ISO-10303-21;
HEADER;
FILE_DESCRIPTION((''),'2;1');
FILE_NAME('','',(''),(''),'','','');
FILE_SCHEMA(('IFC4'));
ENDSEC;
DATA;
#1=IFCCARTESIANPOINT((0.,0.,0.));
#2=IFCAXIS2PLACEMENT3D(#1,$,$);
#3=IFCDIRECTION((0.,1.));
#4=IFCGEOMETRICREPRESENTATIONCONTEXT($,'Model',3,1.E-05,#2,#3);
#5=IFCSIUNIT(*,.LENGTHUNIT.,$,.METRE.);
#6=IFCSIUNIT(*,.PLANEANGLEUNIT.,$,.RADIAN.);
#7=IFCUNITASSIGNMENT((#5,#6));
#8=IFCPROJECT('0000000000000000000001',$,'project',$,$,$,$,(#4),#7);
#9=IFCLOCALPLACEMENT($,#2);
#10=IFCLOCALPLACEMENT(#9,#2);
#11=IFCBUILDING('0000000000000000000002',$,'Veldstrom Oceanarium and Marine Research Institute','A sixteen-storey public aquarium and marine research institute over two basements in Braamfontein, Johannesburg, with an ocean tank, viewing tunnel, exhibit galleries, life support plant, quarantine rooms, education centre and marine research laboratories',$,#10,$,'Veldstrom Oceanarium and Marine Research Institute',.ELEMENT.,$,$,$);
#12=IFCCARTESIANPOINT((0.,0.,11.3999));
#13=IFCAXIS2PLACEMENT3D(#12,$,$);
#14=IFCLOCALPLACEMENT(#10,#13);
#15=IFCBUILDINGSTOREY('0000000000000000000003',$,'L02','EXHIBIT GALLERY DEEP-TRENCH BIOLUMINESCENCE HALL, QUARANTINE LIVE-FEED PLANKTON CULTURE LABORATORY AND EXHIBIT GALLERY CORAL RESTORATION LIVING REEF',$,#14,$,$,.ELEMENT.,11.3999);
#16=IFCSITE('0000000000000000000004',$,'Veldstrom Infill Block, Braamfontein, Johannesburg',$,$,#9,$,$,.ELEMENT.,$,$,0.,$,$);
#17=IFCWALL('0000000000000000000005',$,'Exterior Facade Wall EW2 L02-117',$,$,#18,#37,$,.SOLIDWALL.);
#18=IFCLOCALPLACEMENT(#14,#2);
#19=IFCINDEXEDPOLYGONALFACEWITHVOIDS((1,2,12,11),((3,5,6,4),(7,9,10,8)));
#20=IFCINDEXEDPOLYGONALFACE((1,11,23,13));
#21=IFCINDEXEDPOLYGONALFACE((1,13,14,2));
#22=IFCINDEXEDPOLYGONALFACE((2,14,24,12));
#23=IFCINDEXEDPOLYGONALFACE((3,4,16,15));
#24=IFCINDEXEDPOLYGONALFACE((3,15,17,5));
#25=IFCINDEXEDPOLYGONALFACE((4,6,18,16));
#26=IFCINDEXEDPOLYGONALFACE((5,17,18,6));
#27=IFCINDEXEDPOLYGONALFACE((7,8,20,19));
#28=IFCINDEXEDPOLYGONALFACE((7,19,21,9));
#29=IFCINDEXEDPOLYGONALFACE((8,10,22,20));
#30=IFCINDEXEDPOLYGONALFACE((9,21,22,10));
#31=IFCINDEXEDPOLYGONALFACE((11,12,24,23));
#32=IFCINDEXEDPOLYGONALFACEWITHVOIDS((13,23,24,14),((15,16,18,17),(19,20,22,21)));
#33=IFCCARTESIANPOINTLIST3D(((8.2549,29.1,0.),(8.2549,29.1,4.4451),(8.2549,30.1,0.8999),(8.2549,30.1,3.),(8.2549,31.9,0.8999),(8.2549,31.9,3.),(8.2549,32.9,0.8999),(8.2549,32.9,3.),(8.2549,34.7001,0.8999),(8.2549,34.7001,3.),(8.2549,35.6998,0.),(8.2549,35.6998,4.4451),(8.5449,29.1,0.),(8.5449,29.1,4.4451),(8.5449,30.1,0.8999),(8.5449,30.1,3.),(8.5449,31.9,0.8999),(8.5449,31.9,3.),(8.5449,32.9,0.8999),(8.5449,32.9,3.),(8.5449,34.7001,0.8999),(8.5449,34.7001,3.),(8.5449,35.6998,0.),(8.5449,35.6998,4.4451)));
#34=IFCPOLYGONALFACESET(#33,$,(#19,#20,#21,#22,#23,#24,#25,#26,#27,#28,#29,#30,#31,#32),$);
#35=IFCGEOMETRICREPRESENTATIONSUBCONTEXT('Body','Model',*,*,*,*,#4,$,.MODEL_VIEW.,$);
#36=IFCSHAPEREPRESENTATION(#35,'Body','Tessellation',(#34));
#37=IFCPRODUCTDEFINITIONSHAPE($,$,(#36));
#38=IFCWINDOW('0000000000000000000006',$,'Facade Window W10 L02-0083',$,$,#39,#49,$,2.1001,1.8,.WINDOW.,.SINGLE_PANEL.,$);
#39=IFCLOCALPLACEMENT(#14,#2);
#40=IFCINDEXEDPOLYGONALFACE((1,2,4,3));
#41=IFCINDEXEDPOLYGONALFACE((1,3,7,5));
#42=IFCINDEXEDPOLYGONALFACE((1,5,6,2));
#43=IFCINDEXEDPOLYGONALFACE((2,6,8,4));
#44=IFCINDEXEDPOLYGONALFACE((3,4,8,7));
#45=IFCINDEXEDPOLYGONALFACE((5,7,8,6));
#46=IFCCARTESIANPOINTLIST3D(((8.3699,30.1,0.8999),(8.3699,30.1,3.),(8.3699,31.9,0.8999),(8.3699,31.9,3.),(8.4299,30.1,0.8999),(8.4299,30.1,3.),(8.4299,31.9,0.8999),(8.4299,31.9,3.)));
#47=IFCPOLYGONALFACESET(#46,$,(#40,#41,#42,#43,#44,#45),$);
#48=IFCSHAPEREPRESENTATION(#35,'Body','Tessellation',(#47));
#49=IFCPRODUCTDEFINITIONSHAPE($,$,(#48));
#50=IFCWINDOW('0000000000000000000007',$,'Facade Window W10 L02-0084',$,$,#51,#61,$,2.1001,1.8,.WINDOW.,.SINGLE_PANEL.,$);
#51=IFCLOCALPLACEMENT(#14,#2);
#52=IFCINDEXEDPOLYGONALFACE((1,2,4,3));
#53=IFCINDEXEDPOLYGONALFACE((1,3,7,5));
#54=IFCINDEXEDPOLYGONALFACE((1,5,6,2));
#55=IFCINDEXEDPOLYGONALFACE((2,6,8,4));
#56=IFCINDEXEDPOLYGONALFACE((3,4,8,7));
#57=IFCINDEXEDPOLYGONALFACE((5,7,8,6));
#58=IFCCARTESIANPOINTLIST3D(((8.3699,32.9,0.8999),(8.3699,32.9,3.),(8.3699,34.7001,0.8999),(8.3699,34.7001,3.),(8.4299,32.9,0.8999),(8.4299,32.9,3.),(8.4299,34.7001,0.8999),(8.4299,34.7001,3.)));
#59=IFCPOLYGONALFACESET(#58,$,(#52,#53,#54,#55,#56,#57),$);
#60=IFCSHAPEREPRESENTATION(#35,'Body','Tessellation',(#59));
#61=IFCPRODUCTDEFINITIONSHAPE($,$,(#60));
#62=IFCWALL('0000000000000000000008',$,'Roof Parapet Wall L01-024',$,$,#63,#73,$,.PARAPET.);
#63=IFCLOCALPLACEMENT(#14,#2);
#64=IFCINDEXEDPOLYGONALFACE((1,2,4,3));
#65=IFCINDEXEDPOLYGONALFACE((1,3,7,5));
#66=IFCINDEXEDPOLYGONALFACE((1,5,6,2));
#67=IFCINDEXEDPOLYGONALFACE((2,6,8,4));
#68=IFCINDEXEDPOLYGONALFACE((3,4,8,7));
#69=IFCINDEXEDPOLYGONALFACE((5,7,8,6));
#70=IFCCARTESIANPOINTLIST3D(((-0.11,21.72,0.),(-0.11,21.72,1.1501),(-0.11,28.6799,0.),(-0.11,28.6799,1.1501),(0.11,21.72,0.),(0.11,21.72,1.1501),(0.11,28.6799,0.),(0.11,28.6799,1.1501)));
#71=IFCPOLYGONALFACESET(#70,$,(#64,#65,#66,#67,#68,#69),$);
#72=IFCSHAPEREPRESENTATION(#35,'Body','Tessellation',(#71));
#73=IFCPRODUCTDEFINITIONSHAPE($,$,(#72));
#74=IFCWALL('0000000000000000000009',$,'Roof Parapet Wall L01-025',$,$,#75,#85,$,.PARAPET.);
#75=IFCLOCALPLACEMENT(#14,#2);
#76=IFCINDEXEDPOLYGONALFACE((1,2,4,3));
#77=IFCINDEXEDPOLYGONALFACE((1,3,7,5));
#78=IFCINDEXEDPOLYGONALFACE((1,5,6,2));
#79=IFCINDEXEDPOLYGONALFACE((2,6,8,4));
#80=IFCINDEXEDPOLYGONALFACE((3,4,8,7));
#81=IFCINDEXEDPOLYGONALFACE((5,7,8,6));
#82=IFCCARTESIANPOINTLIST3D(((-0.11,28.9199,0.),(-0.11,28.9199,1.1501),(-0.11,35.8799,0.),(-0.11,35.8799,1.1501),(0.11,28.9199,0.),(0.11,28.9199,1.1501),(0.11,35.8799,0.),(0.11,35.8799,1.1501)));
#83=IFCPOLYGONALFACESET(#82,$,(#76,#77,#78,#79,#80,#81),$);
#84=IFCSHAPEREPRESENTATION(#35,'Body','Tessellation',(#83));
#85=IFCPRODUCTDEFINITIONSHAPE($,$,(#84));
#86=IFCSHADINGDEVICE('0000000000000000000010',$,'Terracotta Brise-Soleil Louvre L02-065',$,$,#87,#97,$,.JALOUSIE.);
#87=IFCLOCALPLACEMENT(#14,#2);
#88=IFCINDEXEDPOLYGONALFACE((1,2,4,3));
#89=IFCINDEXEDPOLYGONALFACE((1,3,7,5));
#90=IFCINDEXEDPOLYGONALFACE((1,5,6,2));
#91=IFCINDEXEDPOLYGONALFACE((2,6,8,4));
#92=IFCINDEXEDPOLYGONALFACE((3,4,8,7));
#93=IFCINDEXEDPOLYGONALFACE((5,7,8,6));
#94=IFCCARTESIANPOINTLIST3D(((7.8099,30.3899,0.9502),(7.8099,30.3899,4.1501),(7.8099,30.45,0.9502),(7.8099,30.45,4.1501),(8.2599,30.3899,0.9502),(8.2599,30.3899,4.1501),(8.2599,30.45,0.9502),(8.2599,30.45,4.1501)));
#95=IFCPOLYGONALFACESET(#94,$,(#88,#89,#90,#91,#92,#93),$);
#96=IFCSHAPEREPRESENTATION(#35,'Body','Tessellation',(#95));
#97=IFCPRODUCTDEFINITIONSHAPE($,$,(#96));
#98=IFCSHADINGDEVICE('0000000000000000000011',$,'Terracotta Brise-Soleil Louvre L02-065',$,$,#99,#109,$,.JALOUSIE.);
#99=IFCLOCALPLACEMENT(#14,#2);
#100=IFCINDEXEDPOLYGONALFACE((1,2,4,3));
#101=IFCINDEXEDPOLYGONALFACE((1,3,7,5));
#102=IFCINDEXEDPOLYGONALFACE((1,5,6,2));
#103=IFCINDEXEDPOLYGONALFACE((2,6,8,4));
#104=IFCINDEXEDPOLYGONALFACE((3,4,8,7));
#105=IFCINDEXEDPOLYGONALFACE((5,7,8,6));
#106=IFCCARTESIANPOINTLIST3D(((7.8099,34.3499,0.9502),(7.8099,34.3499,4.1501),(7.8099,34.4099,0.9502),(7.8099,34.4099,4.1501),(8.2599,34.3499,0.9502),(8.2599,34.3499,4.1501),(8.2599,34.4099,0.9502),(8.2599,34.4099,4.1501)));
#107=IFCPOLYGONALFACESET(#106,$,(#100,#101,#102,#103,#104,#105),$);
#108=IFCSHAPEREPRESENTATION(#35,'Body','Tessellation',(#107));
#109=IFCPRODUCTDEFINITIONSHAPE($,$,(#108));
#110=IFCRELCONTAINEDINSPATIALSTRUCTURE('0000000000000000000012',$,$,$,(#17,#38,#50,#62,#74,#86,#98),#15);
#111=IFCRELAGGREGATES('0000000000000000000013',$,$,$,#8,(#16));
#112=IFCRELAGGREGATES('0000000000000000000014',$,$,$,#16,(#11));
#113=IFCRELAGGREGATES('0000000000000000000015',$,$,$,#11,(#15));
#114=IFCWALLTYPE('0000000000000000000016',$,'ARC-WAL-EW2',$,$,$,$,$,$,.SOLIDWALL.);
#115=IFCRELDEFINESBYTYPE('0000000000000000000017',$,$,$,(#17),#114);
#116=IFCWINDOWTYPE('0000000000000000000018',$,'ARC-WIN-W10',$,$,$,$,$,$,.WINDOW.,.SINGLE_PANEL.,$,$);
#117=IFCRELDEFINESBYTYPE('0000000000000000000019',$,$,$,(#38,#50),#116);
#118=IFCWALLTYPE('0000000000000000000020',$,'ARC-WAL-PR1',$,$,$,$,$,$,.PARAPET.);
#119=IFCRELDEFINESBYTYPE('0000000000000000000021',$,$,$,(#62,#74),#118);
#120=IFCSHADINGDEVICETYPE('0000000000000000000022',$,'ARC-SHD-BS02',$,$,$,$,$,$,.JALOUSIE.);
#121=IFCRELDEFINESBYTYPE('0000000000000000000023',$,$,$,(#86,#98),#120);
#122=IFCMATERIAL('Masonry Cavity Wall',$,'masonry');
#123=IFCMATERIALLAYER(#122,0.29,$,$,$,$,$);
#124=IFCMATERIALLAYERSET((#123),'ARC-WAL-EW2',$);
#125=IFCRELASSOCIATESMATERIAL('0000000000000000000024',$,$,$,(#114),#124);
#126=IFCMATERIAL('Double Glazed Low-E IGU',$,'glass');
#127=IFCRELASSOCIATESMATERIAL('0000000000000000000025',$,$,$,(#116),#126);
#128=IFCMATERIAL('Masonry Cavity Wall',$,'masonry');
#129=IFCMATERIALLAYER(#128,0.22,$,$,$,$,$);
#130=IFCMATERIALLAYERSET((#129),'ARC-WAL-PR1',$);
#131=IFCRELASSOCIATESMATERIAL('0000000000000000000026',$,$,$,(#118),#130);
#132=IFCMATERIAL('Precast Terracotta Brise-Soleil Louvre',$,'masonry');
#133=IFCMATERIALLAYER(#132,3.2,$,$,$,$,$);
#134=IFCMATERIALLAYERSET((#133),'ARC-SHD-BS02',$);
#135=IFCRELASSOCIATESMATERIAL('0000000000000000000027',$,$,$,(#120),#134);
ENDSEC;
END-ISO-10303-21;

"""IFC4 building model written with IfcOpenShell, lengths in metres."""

from ifc_helpers import new_model, si_unit, direction, frame, frame_2d, origin, origin_2d, place, context, subcontext, project, spatial, rectangle, extrude, material, layer, layer_set, type_object, element, fill, save


model = new_model("IFC4")

# Units and contexts
model_context = context("Model", 3, precision=1e-05, world=origin(), true_north=direction((0.0, 1.0)))
body_context = subcontext(model_context, "Body", "Model", "MODEL_VIEW")
ifc_project = project(units=[si_unit("LENGTHUNIT", "METRE"), si_unit("PLANEANGLEUNIT", "RADIAN")], contexts=[model_context])

# Site, building, storey
site_placement = place(None, origin())
site = spatial("IfcSite", under=ifc_project, at=site_placement, Name="Veldstrom Infill Block, Braamfontein, Johannesburg", CompositionType="ELEMENT", RefElevation=0.0)
building_placement = place(site_placement, origin())
building = spatial("IfcBuilding", under=site, at=building_placement, Name="Veldstrom Oceanarium and Marine Research Institute", Description="A sixteen-storey public aquarium and marine research institute over two basements in Braamfontein, Johannesburg, with an ocean tank, viewing tunnel, exhibit galleries, life support plant, quarantine rooms, education centre and marine research laboratories", LongName="Veldstrom Oceanarium and Marine Research Institute", CompositionType="ELEMENT")
storey_placement = place(building_placement, frame((0.0, 0.0, 11.3999)))
storey = spatial("IfcBuildingStorey", under=building, at=storey_placement, Name="L02", Description="EXHIBIT GALLERY DEEP-TRENCH BIOLUMINESCENCE HALL, QUARANTINE LIVE-FEED PLANKTON CULTURE LABORATORY AND EXHIBIT GALLERY CORAL RESTORATION LIVING REEF", CompositionType="ELEMENT", Elevation=11.3999)

# Wall, openings, windows
ifc_material_1 = material(Name="Masonry Cavity Wall", Category="masonry")
ifc_layer_1 = layer(ifc_material_1, 0.29)
ifc_layer_set_1 = layer_set([ifc_layer_1], Name="ARC-WAL-EW2")
wall_type_1 = type_object("IfcWallType", Name="ARC-WAL-EW2", PredefinedType="SOLIDWALL", material=ifc_layer_set_1)
wall_placement = place(storey_placement, frame((8.3999, 29.1001, 0.0), z_axis=(0.0, 0.0, 1.0), x_axis=(0.0, 1.0, 0.0)))
wall = element("IfcWall", 1, at=wall_placement, inside=storey, type_object=wall_type_1, Name="Exterior Facade Wall EW2 L02-117", PredefinedType="SOLIDWALL", context=body_context, shape_type="SweptSolid", body=[
    extrude(rectangle(XDim=6.5999, YDim=0.29, at=frame_2d((3.2998, 0.0))), origin(), (0.0, 0.0, 1.0), 4.4451),
])
opening_1_placement = place(wall_placement, frame((1.0, 0.0, 0.8999)))
opening_1 = element("IfcOpeningElement", 2, at=opening_1_placement, cuts=wall, PredefinedType="OPENING", context=body_context, shape_type="SweptSolid", body=[
    extrude(rectangle(XDim=1.8, YDim=2.1001, at=frame_2d((0.8999, 1.05))), frame((0.0, 0.155, 0.0), z_axis=(0.0, -1.0, 0.0), x_axis=(1.0, 0.0, 0.0)), (0.0, 0.0, 1.0), 0.3101),
])
opening_2_placement = place(wall_placement, frame((3.8, 0.0, 0.8999)))
opening_2 = element("IfcOpeningElement", 3, at=opening_2_placement, cuts=wall, PredefinedType="OPENING", context=body_context, shape_type="SweptSolid", body=[
    extrude(rectangle(XDim=1.8, YDim=2.1001, at=frame_2d((0.8999, 1.05))), frame((0.0, 0.155, 0.0), z_axis=(0.0, -1.0, 0.0), x_axis=(1.0, 0.0, 0.0)), (0.0, 0.0, 1.0), 0.3101),
])
ifc_material_2 = material(Name="Double Glazed Low-E IGU", Category="glass")
window_type = type_object("IfcWindowType", Name="ARC-WIN-W10", PartitioningType="SINGLE_PANEL", PredefinedType="WINDOW", material=ifc_material_2)
window_1_placement = place(opening_1_placement, origin())
window_1 = element("IfcWindow", 4, at=window_1_placement, inside=storey, type_object=window_type, Name="Facade Window W10 L02-0083", OverallHeight=2.1001, OverallWidth=1.8, PartitioningType="SINGLE_PANEL", PredefinedType="WINDOW", context=body_context, shape_type="SweptSolid", body=[
    extrude(rectangle(XDim=1.8, YDim=2.1001, at=frame_2d((0.8999, 1.05))), frame((0.0, 0.03, 0.0), z_axis=(0.0, -1.0, 0.0), x_axis=(1.0, 0.0, 0.0)), (0.0, 0.0, 1.0), 0.0601),
])
fill(opening_1, window_1)
window_2_placement = place(opening_2_placement, origin())
window_2 = element("IfcWindow", 5, at=window_2_placement, inside=storey, type_object=window_type, Name="Facade Window W10 L02-0084", OverallHeight=2.1001, OverallWidth=1.8, PartitioningType="SINGLE_PANEL", PredefinedType="WINDOW", context=body_context, shape_type="SweptSolid", body=[
    extrude(rectangle(XDim=1.8, YDim=2.1001, at=frame_2d((0.8999, 1.05))), frame((0.0, 0.03, 0.0), z_axis=(0.0, -1.0, 0.0), x_axis=(1.0, 0.0, 0.0)), (0.0, 0.0, 1.0), 0.0601),
])
fill(opening_2, window_2)

# Walls
ifc_material_3 = material(Name="Masonry Cavity Wall", Category="masonry")
ifc_layer_2 = layer(ifc_material_3, 0.22)
ifc_layer_set_2 = layer_set([ifc_layer_2], Name="ARC-WAL-PR1")
wall_type_2 = type_object("IfcWallType", Name="ARC-WAL-PR1", PredefinedType="PARAPET", material=ifc_layer_set_2)
for number, where, z_axis, x_axis, name in (
    (6, (0.0, 21.72, 0.0), (0.0, 0.0, 1.0), (0.0, 1.0, 0.0), "Roof Parapet Wall L01-024"),
    (7, (0.0, 28.9199, 0.0), (0.0, 0.0, 1.0), (0.0, 1.0, 0.0), "Roof Parapet Wall L01-025"),
):
    element("IfcWall", number, at=place(storey_placement, frame(where, z_axis=z_axis, x_axis=x_axis)), inside=storey, type_object=wall_type_2, Name=name, PredefinedType="PARAPET", context=body_context, shape_type="SweptSolid", body=[
        extrude(rectangle(XDim=6.96, YDim=0.22, at=frame_2d((3.48, 0.0))), origin(), (0.0, 0.0, 1.0), 1.1501),
    ])

# Shading devices
ifc_material_4 = material(Name="Precast Terracotta Brise-Soleil Louvre", Category="masonry")
ifc_layer_3 = layer(ifc_material_4, 3.2)
ifc_layer_set_3 = layer_set([ifc_layer_3], Name="ARC-SHD-BS02")
shading_device_type = type_object("IfcShadingDeviceType", Name="ARC-SHD-BS02", PredefinedType="JALOUSIE", material=ifc_layer_set_3)
for number, where, z_axis, x_axis, name in (
    (8, (8.0349, 30.4199, 0.9502), (0.0, 0.0, 1.0), (1.0, 0.0, 0.0), "Terracotta Brise-Soleil Louvre L02-065"),
    (9, (8.0349, 34.3799, 0.9502), (0.0, 0.0, 1.0), (1.0, 0.0, 0.0), "Terracotta Brise-Soleil Louvre L02-065"),
):
    element("IfcShadingDevice", number, at=place(storey_placement, frame(where, z_axis=z_axis, x_axis=x_axis)), inside=storey, type_object=shading_device_type, Name=name, PredefinedType="JALOUSIE", context=body_context, shape_type="SweptSolid", body=[
        extrude(rectangle(XDim=0.45, YDim=0.0601, at=origin_2d()), origin(), (0.0, 0.0, 1.0), 3.2),
    ])

save(model, "model.ifc")
